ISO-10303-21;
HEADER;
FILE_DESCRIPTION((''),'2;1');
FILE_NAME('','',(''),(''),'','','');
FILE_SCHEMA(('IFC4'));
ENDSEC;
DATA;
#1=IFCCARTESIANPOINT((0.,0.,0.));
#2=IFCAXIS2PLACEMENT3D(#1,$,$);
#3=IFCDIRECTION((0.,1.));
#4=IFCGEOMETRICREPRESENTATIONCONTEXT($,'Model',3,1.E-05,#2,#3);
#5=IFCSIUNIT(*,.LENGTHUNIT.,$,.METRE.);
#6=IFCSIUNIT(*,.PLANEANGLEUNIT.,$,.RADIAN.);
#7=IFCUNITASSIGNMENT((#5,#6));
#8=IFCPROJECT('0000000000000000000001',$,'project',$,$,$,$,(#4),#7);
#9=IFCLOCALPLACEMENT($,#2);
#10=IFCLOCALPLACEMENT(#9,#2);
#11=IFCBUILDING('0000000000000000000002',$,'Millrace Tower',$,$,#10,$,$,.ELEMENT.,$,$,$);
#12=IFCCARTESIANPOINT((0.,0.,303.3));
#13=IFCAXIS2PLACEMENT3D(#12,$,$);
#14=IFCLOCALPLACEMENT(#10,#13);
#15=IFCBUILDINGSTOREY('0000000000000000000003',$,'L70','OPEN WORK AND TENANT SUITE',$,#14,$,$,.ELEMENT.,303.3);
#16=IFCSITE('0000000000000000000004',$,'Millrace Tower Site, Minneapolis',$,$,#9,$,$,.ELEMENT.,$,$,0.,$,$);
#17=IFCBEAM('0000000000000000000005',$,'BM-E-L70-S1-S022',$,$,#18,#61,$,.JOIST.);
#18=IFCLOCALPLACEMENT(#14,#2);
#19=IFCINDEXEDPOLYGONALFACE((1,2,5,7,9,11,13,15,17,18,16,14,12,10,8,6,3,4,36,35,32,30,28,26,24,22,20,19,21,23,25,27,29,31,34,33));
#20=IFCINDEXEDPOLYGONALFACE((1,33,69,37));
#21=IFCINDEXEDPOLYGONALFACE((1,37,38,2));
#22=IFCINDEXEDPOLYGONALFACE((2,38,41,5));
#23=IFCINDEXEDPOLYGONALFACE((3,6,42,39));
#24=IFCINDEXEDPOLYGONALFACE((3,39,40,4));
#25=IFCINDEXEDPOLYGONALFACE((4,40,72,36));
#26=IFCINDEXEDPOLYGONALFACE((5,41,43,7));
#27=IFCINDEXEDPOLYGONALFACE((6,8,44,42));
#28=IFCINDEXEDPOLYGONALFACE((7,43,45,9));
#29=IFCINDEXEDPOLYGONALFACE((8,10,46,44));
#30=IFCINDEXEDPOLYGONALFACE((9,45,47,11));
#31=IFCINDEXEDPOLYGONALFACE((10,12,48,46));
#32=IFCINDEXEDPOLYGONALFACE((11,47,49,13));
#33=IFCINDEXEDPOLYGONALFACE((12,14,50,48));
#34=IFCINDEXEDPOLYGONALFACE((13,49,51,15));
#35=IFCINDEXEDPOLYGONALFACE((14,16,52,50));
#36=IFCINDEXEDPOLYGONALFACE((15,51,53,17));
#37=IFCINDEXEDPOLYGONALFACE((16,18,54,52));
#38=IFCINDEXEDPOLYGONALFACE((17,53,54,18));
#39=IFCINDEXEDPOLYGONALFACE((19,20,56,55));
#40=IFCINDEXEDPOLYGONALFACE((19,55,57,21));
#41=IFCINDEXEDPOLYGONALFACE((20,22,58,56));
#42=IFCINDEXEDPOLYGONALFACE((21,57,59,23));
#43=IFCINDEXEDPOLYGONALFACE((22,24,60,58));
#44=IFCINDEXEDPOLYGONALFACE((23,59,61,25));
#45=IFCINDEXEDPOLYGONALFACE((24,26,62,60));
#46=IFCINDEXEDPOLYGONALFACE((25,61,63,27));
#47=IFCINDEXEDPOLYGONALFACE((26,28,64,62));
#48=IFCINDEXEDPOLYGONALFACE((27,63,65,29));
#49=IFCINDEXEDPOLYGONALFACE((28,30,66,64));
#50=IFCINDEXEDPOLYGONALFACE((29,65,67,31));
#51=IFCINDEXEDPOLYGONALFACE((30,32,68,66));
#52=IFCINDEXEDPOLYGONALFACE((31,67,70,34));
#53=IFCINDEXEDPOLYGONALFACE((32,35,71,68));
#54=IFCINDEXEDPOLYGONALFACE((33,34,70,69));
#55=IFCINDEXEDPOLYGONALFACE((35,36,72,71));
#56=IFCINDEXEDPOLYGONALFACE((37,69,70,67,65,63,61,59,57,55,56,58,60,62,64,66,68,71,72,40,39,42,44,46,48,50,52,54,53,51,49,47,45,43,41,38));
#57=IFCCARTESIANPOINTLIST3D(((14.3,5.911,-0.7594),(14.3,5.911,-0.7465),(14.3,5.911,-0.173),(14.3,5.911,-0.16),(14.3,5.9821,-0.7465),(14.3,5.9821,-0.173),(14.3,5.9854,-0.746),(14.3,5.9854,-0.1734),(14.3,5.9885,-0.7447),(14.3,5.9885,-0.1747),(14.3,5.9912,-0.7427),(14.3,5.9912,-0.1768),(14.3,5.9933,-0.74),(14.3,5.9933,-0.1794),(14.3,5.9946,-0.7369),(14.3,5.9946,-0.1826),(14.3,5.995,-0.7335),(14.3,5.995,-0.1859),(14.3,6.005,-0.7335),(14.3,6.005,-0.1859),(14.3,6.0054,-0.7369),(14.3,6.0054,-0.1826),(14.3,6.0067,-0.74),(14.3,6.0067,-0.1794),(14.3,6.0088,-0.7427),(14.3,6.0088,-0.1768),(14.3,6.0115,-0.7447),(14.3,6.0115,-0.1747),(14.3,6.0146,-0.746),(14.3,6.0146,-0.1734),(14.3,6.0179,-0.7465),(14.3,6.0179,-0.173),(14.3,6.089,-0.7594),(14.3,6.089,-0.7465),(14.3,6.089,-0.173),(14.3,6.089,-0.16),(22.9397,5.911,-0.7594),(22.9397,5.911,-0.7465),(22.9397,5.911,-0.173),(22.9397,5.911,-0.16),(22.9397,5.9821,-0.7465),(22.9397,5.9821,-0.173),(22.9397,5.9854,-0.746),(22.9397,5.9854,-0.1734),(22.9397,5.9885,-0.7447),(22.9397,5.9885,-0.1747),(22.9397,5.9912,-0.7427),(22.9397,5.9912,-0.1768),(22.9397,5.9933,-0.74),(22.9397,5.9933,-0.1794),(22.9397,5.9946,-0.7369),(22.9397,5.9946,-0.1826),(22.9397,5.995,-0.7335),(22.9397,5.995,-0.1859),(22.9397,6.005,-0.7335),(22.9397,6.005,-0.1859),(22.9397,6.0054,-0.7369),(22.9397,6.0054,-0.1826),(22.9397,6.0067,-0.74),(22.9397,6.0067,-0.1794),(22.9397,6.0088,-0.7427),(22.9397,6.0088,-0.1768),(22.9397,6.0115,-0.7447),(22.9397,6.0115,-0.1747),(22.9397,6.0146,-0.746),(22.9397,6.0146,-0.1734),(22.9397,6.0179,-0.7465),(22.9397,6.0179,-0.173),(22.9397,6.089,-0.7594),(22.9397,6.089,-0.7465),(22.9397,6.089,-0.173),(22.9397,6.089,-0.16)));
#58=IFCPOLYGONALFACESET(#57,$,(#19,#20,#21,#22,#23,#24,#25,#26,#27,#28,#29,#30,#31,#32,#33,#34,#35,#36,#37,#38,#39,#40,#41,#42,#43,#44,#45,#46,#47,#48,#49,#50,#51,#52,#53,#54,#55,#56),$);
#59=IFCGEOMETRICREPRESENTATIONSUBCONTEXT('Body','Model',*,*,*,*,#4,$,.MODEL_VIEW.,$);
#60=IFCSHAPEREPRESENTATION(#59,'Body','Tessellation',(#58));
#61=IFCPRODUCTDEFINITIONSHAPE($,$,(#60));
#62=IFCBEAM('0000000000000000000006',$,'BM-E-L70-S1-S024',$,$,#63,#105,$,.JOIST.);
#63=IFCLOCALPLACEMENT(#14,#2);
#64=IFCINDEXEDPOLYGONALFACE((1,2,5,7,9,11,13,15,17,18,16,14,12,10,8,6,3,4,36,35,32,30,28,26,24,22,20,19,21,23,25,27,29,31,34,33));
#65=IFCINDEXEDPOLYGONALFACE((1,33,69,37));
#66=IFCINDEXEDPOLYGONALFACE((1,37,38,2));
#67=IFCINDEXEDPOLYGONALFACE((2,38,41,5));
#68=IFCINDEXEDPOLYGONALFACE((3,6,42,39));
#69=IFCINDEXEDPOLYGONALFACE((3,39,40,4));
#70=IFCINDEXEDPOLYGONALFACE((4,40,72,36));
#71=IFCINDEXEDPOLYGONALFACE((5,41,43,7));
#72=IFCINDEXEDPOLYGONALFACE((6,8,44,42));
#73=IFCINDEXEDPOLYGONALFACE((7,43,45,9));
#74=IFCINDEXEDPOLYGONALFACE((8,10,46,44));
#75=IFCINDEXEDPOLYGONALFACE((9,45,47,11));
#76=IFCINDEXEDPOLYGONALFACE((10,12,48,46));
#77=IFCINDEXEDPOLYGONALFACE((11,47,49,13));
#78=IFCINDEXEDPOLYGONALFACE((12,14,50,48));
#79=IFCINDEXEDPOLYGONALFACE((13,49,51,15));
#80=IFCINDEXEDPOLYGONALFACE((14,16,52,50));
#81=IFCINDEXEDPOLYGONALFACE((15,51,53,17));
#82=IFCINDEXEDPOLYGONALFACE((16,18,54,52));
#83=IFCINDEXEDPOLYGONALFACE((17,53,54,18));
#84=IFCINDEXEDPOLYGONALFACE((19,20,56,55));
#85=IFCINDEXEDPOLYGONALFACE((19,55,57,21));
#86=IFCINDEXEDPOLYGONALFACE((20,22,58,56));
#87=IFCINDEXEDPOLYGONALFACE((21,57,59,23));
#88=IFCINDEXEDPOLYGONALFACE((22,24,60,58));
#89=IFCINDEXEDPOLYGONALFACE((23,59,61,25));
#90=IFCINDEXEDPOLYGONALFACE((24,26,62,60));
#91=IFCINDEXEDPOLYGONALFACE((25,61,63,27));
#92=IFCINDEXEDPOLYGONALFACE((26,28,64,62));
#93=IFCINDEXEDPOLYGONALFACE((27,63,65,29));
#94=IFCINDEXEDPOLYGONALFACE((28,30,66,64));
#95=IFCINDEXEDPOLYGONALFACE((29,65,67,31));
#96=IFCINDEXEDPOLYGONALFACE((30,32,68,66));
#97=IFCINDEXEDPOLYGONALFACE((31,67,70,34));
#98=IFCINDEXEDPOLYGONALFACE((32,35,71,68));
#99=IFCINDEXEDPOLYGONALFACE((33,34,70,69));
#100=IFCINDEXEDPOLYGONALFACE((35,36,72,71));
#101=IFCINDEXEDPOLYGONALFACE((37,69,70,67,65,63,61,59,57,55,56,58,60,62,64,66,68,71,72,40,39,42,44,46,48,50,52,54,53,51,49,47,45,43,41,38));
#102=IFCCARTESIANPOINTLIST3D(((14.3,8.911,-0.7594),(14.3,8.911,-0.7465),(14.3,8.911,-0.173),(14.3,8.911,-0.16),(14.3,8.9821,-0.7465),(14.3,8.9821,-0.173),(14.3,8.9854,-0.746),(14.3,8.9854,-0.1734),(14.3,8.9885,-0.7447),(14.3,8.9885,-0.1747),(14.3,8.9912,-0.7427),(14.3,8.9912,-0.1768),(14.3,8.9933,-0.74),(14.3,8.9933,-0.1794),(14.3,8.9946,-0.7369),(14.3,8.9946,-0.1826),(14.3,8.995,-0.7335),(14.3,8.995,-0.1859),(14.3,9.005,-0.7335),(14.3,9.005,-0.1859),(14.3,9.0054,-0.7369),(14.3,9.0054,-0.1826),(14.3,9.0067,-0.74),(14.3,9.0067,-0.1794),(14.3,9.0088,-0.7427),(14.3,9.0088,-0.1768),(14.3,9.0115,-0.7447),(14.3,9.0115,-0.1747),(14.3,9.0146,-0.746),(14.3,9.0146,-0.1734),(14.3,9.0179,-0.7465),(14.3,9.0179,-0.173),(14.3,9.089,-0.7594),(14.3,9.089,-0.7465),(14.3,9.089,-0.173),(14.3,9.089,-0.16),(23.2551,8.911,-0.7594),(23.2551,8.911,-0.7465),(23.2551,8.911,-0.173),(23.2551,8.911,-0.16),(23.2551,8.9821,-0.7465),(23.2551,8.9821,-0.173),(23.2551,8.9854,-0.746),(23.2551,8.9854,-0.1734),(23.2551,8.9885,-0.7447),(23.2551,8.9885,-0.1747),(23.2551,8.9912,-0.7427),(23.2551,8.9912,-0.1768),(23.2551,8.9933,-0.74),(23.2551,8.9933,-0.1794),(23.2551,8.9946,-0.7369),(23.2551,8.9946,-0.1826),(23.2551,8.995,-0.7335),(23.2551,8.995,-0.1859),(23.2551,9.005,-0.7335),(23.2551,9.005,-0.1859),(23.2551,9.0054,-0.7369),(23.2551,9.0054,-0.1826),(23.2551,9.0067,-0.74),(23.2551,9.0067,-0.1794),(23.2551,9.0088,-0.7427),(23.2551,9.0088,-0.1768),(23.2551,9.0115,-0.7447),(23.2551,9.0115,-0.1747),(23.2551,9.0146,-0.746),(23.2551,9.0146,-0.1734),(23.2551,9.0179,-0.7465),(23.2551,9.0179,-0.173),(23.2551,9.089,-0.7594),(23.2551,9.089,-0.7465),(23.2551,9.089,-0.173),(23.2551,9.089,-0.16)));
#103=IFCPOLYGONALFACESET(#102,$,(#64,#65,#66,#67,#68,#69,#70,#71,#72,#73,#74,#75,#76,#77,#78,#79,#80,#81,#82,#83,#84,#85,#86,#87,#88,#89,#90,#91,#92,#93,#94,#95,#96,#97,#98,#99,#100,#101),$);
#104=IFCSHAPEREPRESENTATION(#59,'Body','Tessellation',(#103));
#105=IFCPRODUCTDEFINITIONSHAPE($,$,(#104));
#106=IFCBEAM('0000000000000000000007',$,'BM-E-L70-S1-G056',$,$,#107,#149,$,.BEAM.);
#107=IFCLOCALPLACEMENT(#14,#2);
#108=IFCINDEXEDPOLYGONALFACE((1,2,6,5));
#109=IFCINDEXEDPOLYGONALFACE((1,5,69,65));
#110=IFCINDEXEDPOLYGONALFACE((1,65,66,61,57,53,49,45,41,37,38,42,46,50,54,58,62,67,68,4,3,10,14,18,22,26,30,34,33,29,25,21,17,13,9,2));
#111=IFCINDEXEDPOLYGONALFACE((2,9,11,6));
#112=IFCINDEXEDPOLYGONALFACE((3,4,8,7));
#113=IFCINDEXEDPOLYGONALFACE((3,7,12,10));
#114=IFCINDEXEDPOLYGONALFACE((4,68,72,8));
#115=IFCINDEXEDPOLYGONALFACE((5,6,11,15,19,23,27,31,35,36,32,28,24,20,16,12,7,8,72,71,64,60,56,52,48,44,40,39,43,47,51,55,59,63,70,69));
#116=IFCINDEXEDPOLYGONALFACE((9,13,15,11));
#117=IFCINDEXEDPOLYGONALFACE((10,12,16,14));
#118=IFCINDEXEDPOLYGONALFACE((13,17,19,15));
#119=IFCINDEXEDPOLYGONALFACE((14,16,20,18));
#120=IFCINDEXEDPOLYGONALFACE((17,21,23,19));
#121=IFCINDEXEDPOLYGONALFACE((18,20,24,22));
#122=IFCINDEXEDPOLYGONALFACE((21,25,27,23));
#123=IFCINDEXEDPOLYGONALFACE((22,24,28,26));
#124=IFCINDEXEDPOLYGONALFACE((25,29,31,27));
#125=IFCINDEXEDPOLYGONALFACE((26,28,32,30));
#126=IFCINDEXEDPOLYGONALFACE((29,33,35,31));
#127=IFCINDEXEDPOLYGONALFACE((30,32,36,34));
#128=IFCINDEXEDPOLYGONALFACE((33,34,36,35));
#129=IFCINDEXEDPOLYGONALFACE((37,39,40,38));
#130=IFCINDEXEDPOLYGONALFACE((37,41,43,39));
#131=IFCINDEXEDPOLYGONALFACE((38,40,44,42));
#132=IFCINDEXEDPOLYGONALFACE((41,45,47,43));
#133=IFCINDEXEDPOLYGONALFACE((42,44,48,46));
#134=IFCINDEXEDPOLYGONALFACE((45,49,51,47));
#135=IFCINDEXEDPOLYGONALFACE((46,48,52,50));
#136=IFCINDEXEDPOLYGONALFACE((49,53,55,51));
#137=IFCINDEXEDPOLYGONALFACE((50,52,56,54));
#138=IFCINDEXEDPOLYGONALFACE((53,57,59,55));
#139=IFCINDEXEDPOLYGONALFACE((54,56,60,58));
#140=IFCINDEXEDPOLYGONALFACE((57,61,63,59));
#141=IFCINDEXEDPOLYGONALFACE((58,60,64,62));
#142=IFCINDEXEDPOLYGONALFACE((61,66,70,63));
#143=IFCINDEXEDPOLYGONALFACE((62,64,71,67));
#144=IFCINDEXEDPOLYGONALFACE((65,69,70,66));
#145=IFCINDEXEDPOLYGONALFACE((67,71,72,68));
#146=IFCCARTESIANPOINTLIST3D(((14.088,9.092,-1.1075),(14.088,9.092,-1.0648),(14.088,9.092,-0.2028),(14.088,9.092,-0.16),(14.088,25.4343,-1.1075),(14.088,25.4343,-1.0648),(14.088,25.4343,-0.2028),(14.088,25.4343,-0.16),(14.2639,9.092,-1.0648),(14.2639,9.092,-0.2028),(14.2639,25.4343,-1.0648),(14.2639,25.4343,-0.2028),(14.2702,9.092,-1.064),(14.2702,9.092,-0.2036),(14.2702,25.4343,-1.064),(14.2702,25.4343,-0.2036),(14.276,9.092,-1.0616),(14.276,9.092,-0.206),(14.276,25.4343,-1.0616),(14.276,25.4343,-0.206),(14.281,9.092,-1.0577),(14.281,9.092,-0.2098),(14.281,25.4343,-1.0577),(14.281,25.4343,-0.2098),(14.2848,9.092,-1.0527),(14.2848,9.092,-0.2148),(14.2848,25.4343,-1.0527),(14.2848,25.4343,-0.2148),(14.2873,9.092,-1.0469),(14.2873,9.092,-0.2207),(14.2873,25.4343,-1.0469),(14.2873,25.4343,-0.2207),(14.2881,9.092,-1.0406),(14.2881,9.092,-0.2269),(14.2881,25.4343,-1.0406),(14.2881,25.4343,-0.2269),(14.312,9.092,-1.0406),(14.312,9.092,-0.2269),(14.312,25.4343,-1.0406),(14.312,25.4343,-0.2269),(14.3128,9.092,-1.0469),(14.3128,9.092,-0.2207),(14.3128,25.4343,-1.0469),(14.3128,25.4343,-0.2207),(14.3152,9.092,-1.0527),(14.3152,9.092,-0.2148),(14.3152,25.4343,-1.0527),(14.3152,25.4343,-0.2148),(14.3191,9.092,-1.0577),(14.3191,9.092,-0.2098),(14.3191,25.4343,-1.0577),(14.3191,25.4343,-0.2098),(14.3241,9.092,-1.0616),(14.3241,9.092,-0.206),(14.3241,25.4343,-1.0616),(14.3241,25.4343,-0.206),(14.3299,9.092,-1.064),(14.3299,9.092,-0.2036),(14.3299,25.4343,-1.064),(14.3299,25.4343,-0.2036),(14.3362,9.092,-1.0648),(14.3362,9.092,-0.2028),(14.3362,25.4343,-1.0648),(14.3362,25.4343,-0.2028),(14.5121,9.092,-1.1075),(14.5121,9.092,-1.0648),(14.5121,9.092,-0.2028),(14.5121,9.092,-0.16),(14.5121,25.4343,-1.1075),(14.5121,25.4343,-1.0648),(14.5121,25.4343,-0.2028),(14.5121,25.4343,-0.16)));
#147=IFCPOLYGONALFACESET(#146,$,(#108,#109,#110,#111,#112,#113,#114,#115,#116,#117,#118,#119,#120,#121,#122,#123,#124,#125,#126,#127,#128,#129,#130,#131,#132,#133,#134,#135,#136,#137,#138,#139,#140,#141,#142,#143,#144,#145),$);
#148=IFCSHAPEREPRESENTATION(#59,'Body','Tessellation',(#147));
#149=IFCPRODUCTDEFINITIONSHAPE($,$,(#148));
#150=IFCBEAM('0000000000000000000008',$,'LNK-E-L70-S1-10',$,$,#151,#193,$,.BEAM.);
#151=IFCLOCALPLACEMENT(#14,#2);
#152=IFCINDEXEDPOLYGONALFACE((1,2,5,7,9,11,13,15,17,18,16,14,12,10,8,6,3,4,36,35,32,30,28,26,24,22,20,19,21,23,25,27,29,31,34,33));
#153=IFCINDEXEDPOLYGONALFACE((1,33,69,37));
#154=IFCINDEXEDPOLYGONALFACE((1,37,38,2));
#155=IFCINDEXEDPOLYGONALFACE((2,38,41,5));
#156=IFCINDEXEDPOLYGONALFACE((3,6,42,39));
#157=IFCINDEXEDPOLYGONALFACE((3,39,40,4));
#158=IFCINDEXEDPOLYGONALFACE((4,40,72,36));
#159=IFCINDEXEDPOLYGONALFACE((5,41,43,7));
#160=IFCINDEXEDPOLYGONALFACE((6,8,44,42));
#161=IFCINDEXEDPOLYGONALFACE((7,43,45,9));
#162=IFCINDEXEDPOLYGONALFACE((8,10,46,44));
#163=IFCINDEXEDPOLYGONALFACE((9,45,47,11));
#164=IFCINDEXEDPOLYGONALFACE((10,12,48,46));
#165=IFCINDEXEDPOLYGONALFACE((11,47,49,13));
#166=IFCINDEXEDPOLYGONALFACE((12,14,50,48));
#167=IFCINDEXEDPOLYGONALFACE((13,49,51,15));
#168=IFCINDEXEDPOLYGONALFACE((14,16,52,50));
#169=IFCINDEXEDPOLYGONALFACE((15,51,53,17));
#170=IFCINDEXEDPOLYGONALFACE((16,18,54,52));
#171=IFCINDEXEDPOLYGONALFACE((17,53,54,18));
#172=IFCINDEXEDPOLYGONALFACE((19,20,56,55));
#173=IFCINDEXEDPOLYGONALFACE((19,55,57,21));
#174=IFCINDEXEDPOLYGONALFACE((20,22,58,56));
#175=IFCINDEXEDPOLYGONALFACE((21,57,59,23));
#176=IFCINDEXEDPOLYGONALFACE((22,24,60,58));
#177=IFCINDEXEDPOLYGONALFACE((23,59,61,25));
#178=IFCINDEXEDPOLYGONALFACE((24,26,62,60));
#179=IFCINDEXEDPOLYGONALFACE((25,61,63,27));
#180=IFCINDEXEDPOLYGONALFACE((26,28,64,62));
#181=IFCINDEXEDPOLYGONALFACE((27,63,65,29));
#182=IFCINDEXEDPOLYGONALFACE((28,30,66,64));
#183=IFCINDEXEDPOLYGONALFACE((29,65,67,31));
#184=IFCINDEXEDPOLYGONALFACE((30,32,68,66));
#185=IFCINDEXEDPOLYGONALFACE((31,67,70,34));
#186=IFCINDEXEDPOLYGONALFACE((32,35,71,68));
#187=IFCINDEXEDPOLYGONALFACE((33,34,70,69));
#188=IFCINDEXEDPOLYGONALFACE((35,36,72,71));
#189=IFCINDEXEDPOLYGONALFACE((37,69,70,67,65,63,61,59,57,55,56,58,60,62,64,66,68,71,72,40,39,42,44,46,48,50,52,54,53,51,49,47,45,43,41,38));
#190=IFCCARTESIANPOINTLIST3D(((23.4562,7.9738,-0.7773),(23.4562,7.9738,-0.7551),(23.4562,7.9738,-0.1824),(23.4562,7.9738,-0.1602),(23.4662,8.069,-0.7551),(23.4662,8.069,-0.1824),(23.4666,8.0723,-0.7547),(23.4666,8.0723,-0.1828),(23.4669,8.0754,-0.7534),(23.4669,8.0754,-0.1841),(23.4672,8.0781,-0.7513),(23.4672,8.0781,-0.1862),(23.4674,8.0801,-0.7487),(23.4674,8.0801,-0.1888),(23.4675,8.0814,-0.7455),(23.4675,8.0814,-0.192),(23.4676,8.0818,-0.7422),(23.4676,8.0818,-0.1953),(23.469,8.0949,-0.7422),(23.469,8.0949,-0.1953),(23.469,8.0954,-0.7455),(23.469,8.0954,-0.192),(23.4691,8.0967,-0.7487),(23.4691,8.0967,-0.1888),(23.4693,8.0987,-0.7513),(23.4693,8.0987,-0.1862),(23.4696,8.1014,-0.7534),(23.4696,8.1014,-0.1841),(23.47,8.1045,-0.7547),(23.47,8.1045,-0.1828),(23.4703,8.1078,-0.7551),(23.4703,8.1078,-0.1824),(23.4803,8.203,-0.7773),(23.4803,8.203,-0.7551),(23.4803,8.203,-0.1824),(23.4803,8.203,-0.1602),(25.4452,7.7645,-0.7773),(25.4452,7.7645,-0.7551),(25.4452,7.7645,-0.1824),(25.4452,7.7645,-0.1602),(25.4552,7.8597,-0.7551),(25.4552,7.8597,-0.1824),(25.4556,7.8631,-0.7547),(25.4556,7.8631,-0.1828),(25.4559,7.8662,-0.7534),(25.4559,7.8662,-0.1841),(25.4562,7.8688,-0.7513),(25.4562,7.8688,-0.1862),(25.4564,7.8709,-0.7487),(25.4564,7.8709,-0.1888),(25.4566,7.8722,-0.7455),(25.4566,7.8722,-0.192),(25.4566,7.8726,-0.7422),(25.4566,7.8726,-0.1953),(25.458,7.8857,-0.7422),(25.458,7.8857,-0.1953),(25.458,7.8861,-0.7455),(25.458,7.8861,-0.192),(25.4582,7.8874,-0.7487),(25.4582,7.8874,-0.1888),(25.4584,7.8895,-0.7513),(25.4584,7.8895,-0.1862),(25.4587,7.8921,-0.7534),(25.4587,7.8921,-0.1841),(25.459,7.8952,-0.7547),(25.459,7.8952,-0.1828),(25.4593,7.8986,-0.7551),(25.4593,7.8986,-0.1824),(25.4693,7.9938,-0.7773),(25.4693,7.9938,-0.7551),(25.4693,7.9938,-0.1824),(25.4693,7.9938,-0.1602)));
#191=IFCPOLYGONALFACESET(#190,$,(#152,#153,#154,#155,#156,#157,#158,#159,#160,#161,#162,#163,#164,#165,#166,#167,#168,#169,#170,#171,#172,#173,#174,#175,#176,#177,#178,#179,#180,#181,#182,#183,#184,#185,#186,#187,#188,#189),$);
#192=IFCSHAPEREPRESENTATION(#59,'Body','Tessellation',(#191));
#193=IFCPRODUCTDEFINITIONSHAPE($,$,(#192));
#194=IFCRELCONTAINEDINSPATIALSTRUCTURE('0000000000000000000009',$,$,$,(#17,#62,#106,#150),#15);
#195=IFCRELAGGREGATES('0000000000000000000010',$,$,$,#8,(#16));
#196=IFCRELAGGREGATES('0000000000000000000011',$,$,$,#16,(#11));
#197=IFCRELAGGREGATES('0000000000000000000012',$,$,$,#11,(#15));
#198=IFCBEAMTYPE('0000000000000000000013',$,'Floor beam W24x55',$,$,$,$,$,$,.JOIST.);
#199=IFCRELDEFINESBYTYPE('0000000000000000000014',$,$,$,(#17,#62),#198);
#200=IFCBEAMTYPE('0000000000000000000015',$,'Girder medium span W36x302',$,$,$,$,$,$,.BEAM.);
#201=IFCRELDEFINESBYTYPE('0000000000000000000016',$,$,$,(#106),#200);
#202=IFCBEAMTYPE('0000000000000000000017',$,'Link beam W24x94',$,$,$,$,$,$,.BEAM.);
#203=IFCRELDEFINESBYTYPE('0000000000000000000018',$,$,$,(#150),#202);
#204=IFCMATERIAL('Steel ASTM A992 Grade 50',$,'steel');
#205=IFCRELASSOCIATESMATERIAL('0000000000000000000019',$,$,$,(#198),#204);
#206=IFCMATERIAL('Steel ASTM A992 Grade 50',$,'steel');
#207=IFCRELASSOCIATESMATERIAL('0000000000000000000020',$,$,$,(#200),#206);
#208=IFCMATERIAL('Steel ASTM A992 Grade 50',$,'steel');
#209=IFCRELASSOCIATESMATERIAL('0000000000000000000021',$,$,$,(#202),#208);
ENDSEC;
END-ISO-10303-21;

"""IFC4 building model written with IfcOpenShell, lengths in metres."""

from ifc_helpers import new_model, si_unit, direction, frame, origin, origin_2d, place, context, subcontext, project, spatial, i_section, extrude, material, material_profile, profile_set, type_object, element, save


model = new_model("IFC4")

# Units and contexts
model_context = context("Model", 3, precision=1e-05, world=origin(), true_north=direction((0.0, 1.0)))
body_context = subcontext(model_context, "Body", "Model", "MODEL_VIEW")
ifc_project = project(units=[si_unit("LENGTHUNIT", "METRE"), si_unit("PLANEANGLEUNIT", "RADIAN")], contexts=[model_context])

# Site, building, storey
site_placement = place(None, origin())
site = spatial("IfcSite", under=ifc_project, at=site_placement, Name="Millrace Tower Site, Minneapolis", CompositionType="ELEMENT", RefElevation=0.0)
building_placement = place(site_placement, origin())
building = spatial("IfcBuilding", under=site, at=building_placement, Name="Millrace Tower", CompositionType="ELEMENT")
storey_placement = place(building_placement, frame((0.0, 0.0, 303.3)))
storey = spatial("IfcBuildingStorey", under=building, at=storey_placement, Name="L70", Description="OPEN WORK AND TENANT SUITE", CompositionType="ELEMENT", Elevation=303.3)

# Beams
ifc_material_1 = material(Name="Steel ASTM A992 Grade 50", Category="steel")
ifc_material_profile_1 = material_profile(ifc_material_1, i_section(OverallWidth=0.178, OverallDepth=0.5994, WebThickness=0.01, FlangeThickness=0.0129, FilletRadius=0.0129, at=origin_2d()))
ifc_profile_set_1 = profile_set([ifc_material_profile_1], Name="Steel ASTM A992 Grade 50")
beam_type_1 = type_object("IfcBeamType", Name="Floor beam W24x55", PredefinedType="JOIST", material=ifc_profile_set_1)
beam_1_placement = place(storey_placement, frame((14.3, 6.0, -0.4597), z_axis=(1.0, 0.0, 0.0), x_axis=(0.0, 1.0, 0.0)))
element("IfcBeam", 1, at=beam_1_placement, inside=storey, type_object=beam_type_1, Name="BM-E-L70-S1-S022", PredefinedType="JOIST", context=body_context, shape_type="SweptSolid", body=[
    extrude(i_section(OverallWidth=0.178, OverallDepth=0.5994, WebThickness=0.01, FlangeThickness=0.0129, FilletRadius=0.0129, at=origin_2d()), origin(), (0.0, 0.0, 1.0), 8.6396),
])
beam_2_placement = place(storey_placement, frame((14.3, 9.0, -0.4597), z_axis=(1.0, 0.0, 0.0), x_axis=(0.0, 1.0, 0.0)))
element("IfcBeam", 2, at=beam_2_placement, inside=storey, type_object=beam_type_1, Name="BM-E-L70-S1-S024", PredefinedType="JOIST", context=body_context, shape_type="SweptSolid", body=[
    extrude(i_section(OverallWidth=0.178, OverallDepth=0.5994, WebThickness=0.01, FlangeThickness=0.0129, FilletRadius=0.0129, at=origin_2d()), origin(), (0.0, 0.0, 1.0), 8.9551),
])
ifc_material_2 = material(Name="Steel ASTM A992 Grade 50", Category="steel")
ifc_material_profile_2 = material_profile(ifc_material_2, i_section(OverallWidth=0.4241, OverallDepth=0.9475, WebThickness=0.0239, FlangeThickness=0.0427, FilletRadius=0.0242, at=origin_2d()))
ifc_profile_set_2 = profile_set([ifc_material_profile_2], Name="Steel ASTM A992 Grade 50")
beam_type_2 = type_object("IfcBeamType", Name="Girder medium span W36x302", PredefinedType="BEAM", material=ifc_profile_set_2)
beam_3_placement = place(storey_placement, frame((14.3, 9.092, -0.6338), z_axis=(0.0, 1.0, 0.0), x_axis=(-1.0, 0.0, 0.0)))
element("IfcBeam", 3, at=beam_3_placement, inside=storey, type_object=beam_type_2, Name="BM-E-L70-S1-G056", PredefinedType="BEAM", context=body_context, shape_type="SweptSolid", body=[
    extrude(i_section(OverallWidth=0.4241, OverallDepth=0.9475, WebThickness=0.0239, FlangeThickness=0.0427, FilletRadius=0.0242, at=origin_2d()), origin(), (0.0, 0.0, 1.0), 16.3423),
])
ifc_material_3 = material(Name="Steel ASTM A992 Grade 50", Category="steel")
ifc_material_profile_3 = material_profile(ifc_material_3, i_section(OverallWidth=0.2305, OverallDepth=0.6172, WebThickness=0.0132, FlangeThickness=0.0222, FilletRadius=0.0129, at=origin_2d()))
ifc_profile_set_3 = profile_set([ifc_material_profile_3], Name="Steel ASTM A992 Grade 50")
beam_type_3 = type_object("IfcBeamType", Name="Link beam W24x94", PredefinedType="BEAM", material=ifc_profile_set_3)
beam_4_placement = place(storey_placement, frame((23.4683, 8.0884, -0.4688), z_axis=(0.994513, -0.104615, 0.0), x_axis=(0.104615, 0.994513, 0.0)))
element("IfcBeam", 4, at=beam_4_placement, inside=storey, type_object=beam_type_3, Name="LNK-E-L70-S1-10", PredefinedType="BEAM", context=body_context, shape_type="SweptSolid", body=[
    extrude(i_section(OverallWidth=0.2305, OverallDepth=0.6172, WebThickness=0.0132, FlangeThickness=0.0222, FilletRadius=0.0129, at=origin_2d()), origin(), (0.0, 0.0, 1.0), 2.0),
])

save(model, "model.ifc")
